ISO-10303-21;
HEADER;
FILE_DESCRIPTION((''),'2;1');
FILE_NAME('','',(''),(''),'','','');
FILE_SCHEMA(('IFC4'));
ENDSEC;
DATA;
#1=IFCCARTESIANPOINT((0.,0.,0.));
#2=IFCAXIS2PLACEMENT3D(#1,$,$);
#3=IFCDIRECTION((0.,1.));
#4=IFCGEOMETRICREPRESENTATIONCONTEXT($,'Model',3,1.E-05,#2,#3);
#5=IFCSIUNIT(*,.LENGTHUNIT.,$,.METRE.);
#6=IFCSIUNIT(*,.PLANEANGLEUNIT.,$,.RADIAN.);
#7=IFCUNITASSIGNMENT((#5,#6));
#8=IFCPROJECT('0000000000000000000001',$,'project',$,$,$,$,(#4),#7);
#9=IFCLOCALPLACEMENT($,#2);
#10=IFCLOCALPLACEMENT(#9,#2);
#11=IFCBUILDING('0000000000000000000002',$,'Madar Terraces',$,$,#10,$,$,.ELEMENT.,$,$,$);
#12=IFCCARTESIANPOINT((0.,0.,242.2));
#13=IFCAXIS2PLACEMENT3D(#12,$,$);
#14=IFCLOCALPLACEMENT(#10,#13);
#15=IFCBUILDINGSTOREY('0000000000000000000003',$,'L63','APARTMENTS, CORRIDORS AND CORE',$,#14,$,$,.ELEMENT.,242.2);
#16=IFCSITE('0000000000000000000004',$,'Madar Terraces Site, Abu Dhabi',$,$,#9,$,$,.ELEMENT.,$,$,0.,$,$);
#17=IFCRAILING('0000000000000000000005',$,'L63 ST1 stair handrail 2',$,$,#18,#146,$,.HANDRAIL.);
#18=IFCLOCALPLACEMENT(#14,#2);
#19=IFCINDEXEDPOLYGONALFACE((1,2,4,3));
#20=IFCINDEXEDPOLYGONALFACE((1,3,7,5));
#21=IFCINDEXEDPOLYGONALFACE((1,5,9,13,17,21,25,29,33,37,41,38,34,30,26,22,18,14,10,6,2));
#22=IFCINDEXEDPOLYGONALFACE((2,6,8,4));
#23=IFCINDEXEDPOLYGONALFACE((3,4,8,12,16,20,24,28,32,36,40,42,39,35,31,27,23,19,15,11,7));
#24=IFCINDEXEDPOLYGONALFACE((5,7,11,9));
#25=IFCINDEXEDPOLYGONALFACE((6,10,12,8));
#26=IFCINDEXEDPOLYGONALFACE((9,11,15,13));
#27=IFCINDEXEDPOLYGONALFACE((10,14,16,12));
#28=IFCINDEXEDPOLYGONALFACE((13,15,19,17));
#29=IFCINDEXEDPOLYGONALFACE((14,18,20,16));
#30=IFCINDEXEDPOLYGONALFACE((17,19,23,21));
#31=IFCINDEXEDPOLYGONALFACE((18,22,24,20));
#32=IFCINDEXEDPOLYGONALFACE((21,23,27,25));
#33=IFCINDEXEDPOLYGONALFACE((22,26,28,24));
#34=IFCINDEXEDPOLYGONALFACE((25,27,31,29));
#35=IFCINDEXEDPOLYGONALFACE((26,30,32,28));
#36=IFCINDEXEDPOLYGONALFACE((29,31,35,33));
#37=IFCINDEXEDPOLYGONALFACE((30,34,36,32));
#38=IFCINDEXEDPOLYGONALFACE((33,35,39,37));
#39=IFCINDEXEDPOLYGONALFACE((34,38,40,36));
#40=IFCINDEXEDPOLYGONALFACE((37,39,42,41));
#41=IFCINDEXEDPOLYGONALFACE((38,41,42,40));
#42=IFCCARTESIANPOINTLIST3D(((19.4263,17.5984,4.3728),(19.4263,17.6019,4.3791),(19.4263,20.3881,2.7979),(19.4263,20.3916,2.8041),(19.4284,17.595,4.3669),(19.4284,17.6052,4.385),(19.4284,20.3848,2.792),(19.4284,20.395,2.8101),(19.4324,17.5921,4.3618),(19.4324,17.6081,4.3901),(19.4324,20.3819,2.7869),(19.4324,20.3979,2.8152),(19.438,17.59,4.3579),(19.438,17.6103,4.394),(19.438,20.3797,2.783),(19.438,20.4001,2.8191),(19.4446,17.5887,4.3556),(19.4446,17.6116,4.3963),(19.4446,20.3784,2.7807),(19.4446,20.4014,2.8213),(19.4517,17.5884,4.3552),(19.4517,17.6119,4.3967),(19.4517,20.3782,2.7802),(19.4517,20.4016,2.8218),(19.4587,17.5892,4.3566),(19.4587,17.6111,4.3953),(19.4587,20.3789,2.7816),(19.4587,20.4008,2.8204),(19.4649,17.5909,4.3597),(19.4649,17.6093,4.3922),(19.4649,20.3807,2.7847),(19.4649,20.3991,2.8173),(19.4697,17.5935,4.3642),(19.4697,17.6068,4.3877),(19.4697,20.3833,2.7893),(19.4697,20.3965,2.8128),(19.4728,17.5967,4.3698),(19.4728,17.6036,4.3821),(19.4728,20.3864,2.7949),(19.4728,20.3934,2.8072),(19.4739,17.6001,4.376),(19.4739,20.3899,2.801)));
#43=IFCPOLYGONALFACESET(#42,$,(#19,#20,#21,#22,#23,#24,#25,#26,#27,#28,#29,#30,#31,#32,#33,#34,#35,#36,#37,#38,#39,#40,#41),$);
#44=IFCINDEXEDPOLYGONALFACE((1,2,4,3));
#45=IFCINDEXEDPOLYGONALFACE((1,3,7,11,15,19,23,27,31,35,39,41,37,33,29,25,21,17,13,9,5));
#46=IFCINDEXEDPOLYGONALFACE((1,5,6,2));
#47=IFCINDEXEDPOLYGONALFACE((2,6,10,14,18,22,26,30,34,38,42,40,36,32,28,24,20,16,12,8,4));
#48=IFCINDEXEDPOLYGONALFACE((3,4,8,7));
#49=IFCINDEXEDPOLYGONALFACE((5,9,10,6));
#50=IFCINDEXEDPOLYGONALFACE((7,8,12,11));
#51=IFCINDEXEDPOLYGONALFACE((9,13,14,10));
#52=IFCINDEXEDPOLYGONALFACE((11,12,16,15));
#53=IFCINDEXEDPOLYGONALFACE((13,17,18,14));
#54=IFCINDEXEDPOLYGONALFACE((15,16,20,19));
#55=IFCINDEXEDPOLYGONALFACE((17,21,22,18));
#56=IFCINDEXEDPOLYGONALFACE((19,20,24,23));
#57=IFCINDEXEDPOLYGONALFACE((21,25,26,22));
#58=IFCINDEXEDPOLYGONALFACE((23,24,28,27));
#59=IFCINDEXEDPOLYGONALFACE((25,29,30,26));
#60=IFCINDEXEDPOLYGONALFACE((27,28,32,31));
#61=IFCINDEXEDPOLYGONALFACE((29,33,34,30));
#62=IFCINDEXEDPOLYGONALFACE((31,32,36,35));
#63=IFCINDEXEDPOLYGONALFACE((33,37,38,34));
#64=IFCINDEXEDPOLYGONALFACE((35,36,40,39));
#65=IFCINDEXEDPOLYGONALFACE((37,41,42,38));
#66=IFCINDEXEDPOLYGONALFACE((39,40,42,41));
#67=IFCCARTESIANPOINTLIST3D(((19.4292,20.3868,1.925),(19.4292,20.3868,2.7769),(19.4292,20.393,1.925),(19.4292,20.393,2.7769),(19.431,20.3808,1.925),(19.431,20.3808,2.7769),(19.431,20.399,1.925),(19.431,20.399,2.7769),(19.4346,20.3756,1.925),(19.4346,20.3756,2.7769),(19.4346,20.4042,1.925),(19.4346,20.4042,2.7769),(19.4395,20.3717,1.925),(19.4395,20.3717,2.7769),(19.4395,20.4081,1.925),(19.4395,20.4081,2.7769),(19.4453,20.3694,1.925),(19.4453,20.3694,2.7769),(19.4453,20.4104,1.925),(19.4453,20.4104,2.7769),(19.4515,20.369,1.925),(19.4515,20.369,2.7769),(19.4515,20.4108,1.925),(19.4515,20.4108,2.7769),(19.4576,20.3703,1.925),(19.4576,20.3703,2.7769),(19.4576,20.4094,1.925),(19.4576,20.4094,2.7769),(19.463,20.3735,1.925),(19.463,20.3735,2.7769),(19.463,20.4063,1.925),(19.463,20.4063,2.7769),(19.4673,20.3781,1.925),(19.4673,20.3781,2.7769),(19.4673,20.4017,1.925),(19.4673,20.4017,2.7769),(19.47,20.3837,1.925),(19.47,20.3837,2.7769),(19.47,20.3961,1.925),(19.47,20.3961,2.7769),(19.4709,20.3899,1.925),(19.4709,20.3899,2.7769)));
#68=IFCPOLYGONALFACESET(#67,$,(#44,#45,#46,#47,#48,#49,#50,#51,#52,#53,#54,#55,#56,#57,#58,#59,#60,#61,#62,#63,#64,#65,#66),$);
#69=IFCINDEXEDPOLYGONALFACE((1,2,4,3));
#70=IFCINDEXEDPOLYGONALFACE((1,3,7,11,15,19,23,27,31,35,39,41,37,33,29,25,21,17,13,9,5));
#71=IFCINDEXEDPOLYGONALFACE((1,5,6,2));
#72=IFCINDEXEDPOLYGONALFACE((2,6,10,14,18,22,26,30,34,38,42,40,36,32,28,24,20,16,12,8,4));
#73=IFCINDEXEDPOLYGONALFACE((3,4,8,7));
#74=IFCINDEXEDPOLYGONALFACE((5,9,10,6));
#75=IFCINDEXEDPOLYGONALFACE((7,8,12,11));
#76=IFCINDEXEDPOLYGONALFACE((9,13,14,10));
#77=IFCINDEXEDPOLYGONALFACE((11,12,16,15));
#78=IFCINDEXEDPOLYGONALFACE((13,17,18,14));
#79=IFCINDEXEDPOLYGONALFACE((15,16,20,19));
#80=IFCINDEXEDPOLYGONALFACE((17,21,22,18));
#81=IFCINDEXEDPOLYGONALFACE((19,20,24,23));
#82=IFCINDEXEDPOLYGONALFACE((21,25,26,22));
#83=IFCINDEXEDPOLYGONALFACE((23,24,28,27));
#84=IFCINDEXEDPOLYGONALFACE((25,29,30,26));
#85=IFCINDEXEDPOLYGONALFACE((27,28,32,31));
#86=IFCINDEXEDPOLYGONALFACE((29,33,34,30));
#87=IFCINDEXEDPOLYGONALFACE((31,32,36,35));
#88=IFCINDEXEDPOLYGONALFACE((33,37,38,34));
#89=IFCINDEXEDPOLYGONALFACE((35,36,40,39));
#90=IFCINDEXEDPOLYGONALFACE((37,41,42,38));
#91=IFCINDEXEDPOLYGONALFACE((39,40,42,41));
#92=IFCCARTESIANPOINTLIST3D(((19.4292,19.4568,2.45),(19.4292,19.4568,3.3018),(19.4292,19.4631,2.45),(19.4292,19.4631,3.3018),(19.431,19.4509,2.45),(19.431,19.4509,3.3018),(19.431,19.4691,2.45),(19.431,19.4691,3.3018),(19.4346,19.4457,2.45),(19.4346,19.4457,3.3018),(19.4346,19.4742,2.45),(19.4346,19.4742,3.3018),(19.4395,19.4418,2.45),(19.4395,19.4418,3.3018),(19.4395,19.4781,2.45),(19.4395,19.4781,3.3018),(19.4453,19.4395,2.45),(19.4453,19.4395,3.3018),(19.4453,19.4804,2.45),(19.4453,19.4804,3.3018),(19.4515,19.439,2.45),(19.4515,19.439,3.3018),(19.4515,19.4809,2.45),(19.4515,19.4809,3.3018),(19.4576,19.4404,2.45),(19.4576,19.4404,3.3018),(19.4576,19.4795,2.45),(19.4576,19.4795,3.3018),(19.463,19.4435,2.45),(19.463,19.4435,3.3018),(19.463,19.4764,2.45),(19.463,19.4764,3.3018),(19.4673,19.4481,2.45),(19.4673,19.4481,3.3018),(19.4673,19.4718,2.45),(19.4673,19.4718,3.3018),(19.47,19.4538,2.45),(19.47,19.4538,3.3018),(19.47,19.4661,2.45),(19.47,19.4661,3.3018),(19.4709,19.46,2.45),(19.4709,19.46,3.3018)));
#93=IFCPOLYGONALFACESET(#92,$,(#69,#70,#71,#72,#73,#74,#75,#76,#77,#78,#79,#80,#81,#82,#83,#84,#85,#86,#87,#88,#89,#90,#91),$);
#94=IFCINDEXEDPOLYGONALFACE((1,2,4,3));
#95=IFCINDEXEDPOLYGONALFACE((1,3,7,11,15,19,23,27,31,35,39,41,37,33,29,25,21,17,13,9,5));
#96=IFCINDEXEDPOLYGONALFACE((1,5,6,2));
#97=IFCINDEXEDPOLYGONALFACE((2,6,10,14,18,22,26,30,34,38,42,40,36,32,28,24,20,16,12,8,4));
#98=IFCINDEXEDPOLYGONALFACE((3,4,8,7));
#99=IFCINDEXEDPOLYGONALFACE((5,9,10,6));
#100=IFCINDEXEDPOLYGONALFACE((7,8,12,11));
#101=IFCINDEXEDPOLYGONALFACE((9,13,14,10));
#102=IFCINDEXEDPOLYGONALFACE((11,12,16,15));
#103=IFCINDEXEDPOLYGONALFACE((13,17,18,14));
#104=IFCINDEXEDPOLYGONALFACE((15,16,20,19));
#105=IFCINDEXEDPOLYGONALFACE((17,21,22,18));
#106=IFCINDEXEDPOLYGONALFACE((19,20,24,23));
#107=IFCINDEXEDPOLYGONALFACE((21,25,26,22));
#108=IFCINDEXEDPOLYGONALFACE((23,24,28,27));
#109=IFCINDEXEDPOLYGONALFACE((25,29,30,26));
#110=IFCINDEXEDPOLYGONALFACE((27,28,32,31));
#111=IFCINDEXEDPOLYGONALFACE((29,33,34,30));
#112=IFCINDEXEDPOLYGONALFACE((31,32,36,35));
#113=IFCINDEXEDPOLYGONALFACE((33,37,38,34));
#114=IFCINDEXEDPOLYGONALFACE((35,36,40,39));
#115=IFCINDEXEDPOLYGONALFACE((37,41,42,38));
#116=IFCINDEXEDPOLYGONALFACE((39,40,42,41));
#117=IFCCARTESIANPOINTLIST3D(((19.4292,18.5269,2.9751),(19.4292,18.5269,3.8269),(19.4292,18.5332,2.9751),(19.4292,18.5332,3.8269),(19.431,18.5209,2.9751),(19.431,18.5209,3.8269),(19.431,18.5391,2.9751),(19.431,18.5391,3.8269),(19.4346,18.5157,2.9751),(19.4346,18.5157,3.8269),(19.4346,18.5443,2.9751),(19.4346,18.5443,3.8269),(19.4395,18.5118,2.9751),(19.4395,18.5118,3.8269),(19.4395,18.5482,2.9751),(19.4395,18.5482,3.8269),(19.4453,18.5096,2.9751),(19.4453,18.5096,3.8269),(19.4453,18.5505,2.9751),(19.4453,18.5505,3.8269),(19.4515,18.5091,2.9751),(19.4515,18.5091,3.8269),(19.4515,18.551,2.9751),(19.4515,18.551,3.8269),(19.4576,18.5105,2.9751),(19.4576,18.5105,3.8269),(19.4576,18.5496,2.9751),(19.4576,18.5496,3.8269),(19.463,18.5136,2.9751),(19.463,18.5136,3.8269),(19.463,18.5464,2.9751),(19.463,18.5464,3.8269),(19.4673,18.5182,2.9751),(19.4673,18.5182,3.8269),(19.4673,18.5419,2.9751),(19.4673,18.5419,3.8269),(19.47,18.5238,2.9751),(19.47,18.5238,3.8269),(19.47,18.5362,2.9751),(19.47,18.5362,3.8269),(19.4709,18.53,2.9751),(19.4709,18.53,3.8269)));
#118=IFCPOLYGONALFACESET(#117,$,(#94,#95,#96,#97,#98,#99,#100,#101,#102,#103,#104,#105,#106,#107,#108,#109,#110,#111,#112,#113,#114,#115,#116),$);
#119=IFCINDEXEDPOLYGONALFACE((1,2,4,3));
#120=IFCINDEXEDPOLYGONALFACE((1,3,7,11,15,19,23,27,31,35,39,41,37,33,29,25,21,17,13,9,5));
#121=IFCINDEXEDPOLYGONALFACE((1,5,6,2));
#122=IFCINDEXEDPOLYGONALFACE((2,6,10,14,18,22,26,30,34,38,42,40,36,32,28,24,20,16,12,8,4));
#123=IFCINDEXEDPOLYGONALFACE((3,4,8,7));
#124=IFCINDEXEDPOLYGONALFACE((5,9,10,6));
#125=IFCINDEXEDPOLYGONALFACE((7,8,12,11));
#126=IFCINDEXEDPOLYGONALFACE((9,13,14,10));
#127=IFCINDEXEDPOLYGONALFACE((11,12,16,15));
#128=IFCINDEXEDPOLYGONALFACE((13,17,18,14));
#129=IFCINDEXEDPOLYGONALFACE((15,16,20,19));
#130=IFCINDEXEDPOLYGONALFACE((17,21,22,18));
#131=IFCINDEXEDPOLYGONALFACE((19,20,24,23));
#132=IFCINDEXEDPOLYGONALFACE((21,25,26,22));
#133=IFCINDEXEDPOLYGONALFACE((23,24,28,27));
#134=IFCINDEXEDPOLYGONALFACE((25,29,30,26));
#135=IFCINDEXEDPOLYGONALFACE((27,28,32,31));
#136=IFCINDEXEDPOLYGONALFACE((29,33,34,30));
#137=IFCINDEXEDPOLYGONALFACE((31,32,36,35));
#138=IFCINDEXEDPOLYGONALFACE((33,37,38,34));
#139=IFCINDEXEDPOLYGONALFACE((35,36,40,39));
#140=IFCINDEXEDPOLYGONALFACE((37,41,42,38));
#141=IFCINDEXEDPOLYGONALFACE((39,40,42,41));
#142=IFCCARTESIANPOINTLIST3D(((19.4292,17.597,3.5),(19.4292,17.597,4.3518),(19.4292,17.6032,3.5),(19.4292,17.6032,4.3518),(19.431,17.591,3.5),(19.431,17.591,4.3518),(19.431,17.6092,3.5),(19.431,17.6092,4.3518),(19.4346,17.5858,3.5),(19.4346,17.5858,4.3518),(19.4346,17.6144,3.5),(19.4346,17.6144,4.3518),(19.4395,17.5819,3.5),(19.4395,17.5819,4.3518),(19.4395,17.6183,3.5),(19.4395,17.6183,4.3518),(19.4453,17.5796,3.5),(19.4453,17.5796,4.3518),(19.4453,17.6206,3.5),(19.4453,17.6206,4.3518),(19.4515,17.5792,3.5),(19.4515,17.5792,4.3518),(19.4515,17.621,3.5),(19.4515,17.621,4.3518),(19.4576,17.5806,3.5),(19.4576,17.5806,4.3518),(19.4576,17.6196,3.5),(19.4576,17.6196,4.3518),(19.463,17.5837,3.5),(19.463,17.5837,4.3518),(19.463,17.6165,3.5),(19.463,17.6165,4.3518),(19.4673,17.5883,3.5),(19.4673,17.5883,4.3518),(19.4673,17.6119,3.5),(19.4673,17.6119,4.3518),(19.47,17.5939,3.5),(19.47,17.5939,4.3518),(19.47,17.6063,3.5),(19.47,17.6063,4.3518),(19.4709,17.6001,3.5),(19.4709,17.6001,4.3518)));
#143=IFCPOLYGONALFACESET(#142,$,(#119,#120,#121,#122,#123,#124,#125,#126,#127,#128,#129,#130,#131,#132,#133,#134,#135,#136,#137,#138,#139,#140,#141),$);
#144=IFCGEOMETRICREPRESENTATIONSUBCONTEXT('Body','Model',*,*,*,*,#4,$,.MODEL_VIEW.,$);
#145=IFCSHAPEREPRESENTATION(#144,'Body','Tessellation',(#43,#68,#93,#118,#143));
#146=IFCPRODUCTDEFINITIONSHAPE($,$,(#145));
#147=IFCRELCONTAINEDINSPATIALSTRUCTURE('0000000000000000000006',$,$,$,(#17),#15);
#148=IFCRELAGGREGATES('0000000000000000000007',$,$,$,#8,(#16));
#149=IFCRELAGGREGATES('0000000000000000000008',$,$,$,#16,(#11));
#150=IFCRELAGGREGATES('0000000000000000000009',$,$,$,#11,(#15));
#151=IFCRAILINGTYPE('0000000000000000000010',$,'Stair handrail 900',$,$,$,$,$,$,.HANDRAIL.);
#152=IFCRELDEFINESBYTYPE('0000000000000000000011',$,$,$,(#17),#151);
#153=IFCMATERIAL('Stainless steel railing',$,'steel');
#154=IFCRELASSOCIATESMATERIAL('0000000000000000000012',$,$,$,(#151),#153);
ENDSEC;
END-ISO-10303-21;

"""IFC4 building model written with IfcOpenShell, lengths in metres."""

from ifc_helpers import new_model, si_unit, direction, frame, origin, origin_2d, place, context, subcontext, project, spatial, circle, extrude, material, type_object, element, save


model = new_model("IFC4")

# Units and contexts
model_context = context("Model", 3, precision=1e-05, world=origin(), true_north=direction((0.0, 1.0)))
body_context = subcontext(model_context, "Body", "Model", "MODEL_VIEW")
ifc_project = project(units=[si_unit("LENGTHUNIT", "METRE"), si_unit("PLANEANGLEUNIT", "RADIAN")], contexts=[model_context])

# Site, building, storey
site_placement = place(None, origin())
site = spatial("IfcSite", under=ifc_project, at=site_placement, Name="Madar Terraces Site, Abu Dhabi", CompositionType="ELEMENT", RefElevation=0.0)
building_placement = place(site_placement, origin())
building = spatial("IfcBuilding", under=site, at=building_placement, Name="Madar Terraces", CompositionType="ELEMENT")
storey_placement = place(building_placement, frame((0.0, 0.0, 242.2)))
storey = spatial("IfcBuildingStorey", under=building, at=storey_placement, Name="L63", Description="APARTMENTS, CORRIDORS AND CORE", CompositionType="ELEMENT", Elevation=242.2)

# Railing
ifc_material_1 = material(Name="Stainless steel railing", Category="steel")
railing_type_1 = type_object("IfcRailingType", Name="Stair handrail 900", PredefinedType="HANDRAIL", material=ifc_material_1)
railing_1_placement = place(storey_placement, frame((19.45, 20.3899, 1.925)))
element("IfcRailing", 1, at=railing_1_placement, inside=storey, type_object=railing_type_1, Name="L63 ST1 stair handrail 2", PredefinedType="HANDRAIL", context=body_context, shape_type="SweptSolid", body=[
    extrude(circle(Radius=0.0239, at=origin_2d()), frame((0.0, 0.0, 0.876), z_axis=(0.0, -0.870815, 0.49161), x_axis=(1.0, 0.0, 0.0)), (0.0, 0.0, 1.0), 3.2036),
    extrude(circle(Radius=0.021, at=origin_2d()), origin(), (0.0, 0.0, 1.0), 0.8518),
    extrude(circle(Radius=0.021, at=origin_2d()), frame((0.0, -0.9299, 0.5249)), (0.0, 0.0, 1.0), 0.8518),
    extrude(circle(Radius=0.021, at=origin_2d()), frame((0.0, -1.8599, 1.05)), (0.0, 0.0, 1.0), 0.8518),
    extrude(circle(Radius=0.021, at=origin_2d()), frame((0.0, -2.7898, 1.575)), (0.0, 0.0, 1.0), 0.8518),
])

save(model, "model.ifc")
